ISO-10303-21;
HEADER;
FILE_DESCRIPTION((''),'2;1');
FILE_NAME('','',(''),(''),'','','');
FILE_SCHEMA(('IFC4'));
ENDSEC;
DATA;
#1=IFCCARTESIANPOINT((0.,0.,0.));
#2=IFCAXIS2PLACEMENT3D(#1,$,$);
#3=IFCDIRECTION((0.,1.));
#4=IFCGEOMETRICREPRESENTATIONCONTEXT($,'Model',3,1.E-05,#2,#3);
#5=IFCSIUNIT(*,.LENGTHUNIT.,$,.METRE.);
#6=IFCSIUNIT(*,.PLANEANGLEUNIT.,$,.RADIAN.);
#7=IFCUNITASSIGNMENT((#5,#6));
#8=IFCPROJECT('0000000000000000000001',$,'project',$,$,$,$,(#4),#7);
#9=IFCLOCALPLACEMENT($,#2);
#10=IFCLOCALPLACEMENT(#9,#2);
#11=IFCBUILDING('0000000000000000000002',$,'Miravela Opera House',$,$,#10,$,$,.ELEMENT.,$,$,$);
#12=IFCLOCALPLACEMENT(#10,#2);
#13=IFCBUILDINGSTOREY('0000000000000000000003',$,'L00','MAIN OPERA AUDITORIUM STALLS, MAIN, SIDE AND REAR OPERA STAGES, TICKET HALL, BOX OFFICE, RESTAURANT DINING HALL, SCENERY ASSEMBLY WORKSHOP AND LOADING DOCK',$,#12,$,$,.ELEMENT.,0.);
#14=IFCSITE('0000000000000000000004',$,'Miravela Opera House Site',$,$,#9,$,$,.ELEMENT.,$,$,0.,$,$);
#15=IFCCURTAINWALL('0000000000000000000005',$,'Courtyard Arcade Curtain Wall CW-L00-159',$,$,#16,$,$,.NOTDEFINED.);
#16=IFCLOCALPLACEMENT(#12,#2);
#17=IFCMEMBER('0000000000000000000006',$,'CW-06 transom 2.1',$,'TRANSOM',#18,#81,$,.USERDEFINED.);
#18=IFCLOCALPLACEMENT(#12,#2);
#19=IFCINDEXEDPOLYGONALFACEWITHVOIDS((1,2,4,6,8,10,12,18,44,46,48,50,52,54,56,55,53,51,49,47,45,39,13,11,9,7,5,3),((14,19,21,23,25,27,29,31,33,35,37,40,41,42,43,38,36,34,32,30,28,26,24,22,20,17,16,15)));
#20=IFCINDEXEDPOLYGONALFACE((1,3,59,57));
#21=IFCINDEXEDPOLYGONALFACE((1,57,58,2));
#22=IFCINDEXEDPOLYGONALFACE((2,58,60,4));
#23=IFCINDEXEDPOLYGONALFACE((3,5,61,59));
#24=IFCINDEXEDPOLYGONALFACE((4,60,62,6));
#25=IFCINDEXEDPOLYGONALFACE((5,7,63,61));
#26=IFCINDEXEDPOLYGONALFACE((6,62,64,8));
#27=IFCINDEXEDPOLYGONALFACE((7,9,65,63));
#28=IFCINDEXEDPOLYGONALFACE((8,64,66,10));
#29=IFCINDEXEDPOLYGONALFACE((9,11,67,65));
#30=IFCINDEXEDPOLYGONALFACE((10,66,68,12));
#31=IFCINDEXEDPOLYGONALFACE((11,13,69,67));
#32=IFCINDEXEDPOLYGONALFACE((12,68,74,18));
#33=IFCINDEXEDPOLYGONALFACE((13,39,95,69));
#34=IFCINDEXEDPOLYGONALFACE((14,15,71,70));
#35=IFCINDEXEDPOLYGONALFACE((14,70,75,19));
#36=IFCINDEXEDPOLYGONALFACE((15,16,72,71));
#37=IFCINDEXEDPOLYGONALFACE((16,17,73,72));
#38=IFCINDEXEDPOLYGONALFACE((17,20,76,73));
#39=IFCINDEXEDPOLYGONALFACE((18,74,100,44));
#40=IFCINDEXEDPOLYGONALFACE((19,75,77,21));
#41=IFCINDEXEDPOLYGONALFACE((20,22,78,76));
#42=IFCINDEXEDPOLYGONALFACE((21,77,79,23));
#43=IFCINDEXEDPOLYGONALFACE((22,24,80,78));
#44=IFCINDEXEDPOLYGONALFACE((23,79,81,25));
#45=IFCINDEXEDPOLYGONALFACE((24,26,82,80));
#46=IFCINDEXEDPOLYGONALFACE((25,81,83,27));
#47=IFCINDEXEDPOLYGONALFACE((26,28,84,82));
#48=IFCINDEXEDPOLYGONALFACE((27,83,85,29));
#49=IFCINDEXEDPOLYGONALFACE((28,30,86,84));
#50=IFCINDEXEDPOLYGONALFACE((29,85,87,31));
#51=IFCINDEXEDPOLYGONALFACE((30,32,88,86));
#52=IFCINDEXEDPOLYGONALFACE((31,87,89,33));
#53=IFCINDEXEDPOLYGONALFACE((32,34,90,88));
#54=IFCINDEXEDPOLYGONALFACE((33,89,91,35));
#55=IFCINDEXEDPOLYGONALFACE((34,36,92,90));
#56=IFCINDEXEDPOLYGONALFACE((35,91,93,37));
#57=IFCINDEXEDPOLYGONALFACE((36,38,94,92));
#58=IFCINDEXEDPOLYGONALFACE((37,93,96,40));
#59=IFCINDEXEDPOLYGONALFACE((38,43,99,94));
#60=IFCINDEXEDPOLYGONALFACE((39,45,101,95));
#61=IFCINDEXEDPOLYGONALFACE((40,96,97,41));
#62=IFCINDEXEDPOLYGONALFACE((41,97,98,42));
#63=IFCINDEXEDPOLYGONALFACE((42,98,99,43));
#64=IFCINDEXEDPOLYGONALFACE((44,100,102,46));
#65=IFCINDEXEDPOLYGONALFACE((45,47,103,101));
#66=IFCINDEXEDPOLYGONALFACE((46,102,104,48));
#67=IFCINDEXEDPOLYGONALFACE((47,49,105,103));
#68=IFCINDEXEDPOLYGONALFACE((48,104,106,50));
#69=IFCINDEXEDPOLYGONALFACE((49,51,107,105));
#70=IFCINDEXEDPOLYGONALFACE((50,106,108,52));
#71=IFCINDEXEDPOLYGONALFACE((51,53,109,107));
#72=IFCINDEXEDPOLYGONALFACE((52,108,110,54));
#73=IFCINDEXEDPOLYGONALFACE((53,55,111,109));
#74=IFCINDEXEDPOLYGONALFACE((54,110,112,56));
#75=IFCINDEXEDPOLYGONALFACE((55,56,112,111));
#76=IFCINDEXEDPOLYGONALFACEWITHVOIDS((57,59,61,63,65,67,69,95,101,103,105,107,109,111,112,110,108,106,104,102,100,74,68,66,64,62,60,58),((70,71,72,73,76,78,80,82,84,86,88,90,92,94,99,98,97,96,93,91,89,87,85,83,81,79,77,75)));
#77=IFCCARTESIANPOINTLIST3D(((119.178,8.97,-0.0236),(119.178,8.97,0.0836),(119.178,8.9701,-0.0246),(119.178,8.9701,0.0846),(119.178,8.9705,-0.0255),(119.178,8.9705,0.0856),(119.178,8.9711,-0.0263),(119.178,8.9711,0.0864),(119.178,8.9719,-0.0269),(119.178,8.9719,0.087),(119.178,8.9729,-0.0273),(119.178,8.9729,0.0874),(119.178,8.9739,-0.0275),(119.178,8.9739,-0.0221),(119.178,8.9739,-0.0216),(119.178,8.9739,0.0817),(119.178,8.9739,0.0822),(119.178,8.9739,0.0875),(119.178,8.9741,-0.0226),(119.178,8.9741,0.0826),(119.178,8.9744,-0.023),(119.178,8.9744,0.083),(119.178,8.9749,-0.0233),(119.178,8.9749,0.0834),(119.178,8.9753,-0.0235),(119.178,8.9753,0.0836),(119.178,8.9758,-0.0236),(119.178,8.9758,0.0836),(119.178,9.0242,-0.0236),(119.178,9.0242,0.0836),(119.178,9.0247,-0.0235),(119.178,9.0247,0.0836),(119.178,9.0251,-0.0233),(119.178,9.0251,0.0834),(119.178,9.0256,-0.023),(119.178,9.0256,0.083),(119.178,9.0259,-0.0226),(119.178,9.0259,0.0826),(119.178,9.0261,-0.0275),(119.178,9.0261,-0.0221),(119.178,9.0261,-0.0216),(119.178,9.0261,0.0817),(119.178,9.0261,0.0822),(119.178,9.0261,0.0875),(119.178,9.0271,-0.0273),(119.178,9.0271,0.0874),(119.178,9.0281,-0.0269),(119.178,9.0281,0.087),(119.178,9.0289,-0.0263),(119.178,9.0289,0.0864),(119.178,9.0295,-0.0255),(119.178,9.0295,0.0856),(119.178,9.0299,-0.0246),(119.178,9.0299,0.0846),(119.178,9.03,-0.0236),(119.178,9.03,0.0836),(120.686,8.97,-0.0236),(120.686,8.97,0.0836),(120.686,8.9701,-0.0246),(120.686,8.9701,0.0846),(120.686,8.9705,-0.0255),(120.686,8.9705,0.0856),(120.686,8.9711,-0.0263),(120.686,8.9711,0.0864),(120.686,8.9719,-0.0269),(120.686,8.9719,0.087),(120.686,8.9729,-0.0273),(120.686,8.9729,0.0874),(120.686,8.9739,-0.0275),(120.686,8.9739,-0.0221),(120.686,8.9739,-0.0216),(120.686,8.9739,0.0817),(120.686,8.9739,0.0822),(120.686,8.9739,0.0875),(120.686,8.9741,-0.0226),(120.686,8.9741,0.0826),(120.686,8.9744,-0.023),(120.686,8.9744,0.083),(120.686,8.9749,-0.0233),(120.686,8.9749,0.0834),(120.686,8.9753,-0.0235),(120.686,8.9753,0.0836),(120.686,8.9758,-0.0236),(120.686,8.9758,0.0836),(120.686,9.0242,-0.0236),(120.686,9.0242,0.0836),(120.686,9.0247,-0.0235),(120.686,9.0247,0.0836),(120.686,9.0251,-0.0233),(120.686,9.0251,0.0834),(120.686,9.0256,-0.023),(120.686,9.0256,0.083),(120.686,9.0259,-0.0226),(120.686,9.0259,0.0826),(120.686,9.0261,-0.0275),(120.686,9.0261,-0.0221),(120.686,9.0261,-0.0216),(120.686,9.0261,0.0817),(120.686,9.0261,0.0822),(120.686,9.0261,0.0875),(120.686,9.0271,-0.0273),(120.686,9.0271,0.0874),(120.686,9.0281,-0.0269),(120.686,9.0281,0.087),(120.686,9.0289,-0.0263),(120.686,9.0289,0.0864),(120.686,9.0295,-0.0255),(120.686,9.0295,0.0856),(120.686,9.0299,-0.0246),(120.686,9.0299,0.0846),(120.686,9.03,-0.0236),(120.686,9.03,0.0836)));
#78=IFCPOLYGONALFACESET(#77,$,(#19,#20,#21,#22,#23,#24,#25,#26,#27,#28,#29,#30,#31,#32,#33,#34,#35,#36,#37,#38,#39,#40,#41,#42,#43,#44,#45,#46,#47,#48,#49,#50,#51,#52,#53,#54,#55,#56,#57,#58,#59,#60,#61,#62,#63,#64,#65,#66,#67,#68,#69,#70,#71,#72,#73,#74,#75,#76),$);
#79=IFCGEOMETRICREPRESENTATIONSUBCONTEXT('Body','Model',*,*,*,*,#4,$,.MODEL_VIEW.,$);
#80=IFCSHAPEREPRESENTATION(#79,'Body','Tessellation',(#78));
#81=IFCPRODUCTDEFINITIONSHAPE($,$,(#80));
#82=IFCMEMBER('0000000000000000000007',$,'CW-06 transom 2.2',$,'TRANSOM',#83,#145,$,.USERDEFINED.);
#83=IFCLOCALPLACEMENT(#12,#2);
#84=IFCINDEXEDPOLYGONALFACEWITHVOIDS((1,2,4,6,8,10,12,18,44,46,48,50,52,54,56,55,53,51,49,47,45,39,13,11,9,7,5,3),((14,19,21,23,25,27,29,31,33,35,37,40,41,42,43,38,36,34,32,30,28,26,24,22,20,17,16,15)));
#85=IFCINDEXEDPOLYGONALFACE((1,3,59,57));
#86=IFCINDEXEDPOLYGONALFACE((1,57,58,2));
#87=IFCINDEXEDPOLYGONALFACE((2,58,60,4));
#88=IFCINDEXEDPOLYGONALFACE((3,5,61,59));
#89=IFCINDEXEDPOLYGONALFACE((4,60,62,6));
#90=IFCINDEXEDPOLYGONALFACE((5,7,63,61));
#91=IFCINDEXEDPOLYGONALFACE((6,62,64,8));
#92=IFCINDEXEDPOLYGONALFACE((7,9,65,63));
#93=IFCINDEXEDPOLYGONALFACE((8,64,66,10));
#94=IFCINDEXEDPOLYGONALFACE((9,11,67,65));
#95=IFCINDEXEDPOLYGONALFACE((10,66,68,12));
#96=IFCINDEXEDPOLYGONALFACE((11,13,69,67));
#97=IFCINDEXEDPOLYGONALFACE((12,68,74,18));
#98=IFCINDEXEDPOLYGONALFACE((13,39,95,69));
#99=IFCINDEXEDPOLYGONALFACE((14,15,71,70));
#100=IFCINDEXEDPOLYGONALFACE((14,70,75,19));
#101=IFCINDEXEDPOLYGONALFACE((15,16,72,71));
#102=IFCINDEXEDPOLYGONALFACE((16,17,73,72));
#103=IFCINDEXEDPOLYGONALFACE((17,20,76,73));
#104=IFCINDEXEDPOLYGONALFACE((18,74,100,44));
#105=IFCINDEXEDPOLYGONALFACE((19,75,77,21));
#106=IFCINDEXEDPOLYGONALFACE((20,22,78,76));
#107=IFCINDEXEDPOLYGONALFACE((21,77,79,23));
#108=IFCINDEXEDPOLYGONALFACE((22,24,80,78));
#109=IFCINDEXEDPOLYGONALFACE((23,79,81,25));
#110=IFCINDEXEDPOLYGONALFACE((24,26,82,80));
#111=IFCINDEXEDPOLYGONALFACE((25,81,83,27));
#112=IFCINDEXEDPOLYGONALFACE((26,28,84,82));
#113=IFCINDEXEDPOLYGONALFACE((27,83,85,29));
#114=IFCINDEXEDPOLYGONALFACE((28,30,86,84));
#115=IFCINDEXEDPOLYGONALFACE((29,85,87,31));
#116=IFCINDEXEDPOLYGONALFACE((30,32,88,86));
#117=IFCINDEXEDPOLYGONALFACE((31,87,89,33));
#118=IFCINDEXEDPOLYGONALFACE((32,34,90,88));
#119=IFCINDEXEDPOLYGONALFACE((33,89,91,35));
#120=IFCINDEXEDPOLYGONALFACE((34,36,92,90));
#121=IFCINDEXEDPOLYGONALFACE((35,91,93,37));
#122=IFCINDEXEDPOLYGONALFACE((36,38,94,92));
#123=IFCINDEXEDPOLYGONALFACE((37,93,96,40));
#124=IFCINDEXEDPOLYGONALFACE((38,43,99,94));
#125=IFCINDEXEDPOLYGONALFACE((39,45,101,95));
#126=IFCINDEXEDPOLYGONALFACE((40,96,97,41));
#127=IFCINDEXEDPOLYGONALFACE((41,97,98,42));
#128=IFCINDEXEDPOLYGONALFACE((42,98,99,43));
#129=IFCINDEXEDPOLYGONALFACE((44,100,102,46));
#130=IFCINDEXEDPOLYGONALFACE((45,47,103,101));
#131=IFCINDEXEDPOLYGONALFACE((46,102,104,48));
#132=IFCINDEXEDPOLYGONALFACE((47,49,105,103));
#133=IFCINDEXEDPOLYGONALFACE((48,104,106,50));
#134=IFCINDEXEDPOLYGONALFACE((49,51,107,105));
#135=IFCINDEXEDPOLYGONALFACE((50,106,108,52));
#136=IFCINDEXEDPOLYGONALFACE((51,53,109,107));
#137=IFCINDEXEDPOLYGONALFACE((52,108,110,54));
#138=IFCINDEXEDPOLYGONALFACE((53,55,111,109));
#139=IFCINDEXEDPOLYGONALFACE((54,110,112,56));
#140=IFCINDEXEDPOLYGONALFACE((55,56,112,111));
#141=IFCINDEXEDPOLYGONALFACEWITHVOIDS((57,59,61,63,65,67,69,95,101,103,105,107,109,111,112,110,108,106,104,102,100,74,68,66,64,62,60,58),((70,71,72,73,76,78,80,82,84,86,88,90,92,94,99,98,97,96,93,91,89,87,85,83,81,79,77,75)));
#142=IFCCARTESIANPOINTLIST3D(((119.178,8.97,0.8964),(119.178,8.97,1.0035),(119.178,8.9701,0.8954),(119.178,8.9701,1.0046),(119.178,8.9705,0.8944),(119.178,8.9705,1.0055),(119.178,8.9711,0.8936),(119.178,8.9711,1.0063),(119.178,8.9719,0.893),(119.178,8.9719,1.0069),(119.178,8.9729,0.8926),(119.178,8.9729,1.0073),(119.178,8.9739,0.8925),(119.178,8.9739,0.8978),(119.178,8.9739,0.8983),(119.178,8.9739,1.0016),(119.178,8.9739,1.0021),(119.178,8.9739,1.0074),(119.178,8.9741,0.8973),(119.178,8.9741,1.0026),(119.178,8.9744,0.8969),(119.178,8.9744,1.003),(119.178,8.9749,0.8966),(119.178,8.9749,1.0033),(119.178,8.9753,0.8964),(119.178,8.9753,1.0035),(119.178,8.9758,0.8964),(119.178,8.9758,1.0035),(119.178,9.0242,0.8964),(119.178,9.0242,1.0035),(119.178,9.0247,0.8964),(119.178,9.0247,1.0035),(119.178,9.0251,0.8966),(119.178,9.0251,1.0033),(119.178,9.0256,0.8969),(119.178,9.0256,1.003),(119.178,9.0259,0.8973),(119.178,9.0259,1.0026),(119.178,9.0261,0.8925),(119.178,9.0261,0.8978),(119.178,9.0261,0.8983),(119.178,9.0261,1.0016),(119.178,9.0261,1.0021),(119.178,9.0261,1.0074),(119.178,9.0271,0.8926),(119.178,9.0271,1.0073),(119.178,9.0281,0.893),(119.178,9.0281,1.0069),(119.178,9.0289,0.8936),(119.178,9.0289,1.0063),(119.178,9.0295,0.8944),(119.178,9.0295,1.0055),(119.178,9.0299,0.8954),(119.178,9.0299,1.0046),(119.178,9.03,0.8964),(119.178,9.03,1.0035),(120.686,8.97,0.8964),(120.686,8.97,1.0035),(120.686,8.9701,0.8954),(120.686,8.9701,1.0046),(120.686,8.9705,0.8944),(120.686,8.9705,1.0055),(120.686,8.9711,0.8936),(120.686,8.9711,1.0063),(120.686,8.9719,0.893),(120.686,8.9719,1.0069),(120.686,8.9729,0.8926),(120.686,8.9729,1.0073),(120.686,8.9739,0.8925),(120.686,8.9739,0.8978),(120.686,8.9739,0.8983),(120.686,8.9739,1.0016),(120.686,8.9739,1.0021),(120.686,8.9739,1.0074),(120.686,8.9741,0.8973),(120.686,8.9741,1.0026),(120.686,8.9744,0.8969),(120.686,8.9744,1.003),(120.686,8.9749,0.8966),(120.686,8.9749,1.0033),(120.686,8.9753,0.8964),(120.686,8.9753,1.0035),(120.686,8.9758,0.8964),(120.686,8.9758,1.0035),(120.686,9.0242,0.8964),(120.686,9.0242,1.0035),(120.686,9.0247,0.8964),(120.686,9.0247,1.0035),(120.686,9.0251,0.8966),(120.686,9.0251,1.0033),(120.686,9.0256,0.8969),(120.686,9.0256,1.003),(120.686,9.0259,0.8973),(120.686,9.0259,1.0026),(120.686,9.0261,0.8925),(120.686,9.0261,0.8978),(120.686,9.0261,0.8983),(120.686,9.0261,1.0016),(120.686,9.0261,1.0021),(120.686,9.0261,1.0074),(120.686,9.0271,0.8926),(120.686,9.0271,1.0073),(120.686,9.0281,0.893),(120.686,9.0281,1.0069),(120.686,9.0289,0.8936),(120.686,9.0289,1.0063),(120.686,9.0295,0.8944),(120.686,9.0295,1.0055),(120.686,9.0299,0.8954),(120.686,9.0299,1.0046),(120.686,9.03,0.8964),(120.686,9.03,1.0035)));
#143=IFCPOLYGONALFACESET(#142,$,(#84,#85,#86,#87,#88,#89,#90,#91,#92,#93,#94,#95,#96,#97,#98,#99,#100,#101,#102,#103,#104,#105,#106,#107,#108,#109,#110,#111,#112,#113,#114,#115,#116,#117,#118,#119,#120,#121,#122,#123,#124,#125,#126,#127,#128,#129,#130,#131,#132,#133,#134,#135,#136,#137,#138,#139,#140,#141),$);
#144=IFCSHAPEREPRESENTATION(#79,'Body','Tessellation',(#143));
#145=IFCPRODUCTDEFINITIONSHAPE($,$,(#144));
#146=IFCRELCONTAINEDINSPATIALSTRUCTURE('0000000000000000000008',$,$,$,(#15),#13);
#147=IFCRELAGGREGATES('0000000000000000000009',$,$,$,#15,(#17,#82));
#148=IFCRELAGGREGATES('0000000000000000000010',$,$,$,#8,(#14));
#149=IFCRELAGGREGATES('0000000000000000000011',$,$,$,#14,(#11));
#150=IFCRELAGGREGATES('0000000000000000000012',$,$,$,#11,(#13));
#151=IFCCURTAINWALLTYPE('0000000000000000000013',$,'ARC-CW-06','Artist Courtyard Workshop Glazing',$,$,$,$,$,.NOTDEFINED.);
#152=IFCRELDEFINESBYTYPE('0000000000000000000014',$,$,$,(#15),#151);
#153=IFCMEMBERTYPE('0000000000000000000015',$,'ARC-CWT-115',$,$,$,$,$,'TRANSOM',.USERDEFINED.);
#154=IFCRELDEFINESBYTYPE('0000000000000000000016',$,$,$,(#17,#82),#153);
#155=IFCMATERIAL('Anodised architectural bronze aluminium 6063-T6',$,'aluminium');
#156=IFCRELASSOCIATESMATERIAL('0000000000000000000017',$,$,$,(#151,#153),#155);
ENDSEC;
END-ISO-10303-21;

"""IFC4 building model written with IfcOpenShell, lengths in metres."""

from ifc_helpers import new_model, si_unit, direction, frame, origin, origin_2d, place, context, subcontext, project, spatial, hollow_rectangle, extrude, material, material_profile, profile_set, type_object, element, aggregate, save


model = new_model("IFC4")

# Units and contexts
model_context = context("Model", 3, precision=1e-05, world=origin(), true_north=direction((0.0, 1.0)))
body_context = subcontext(model_context, "Body", "Model", "MODEL_VIEW")
ifc_project = project(units=[si_unit("LENGTHUNIT", "METRE"), si_unit("PLANEANGLEUNIT", "RADIAN")], contexts=[model_context])

# Site, building, storey
site_placement = place(None, origin())
site = spatial("IfcSite", under=ifc_project, at=site_placement, Name="Miravela Opera House Site", CompositionType="ELEMENT", RefElevation=0.0)
building_placement = place(site_placement, origin())
building = spatial("IfcBuilding", under=site, at=building_placement, Name="Miravela Opera House", CompositionType="ELEMENT")
storey_placement = place(building_placement, origin())
storey = spatial("IfcBuildingStorey", under=building, at=storey_placement, Name="L00", Description="MAIN OPERA AUDITORIUM STALLS, MAIN, SIDE AND REAR OPERA STAGES, TICKET HALL, BOX OFFICE, RESTAURANT DINING HALL, SCENERY ASSEMBLY WORKSHOP AND LOADING DOCK", CompositionType="ELEMENT", Elevation=0.0)

# Curtain wall, members
ifc_material_1 = material(Name="Anodised architectural bronze aluminium 6063-T6", Category="aluminium")
curtain_wall_type = type_object("IfcCurtainWallType", Name="ARC-CW-06", Description="Artist Courtyard Workshop Glazing", PredefinedType="NOTDEFINED", material=ifc_material_1)
ifc_material_profile_1 = material_profile(ifc_material_1, hollow_rectangle(XDim=0.0601, YDim=0.115, WallThickness=0.0039, InnerFilletRadius=0.002, OuterFilletRadius=0.0039, at=origin_2d()), Name="CWT-60X115")
ifc_profile_set_1 = profile_set([ifc_material_profile_1])
member_type_1 = type_object("IfcMemberType", Name="ARC-CWT-115", ElementType="TRANSOM", PredefinedType="USERDEFINED", material=ifc_profile_set_1)
curtain_wall_1_placement = place(storey_placement, origin())
curtain_wall_1 = element("IfcCurtainWall", 1, at=curtain_wall_1_placement, inside=storey, type_object=curtain_wall_type, Name="Courtyard Arcade Curtain Wall CW-L00-159", PredefinedType="NOTDEFINED")
member_1_placement = place(storey_placement, frame((119.178, 9.0, 0.03), z_axis=(1.0, 0.0, 0.0), x_axis=(0.0, 1.0, 0.0)))
member_1 = element("IfcMember", 2, at=member_1_placement, type_object=member_type_1, Name="CW-06 transom 2.1", ObjectType="TRANSOM", PredefinedType="USERDEFINED", context=body_context, shape_type="SweptSolid", body=[
    extrude(hollow_rectangle(XDim=0.0601, YDim=0.115, WallThickness=0.0039, InnerFilletRadius=0.002, OuterFilletRadius=0.0039, at=origin_2d()), origin(), (0.0, 0.0, 1.0), 1.5081),
])
member_2_placement = place(storey_placement, frame((119.178, 9.0, 0.95), z_axis=(1.0, 0.0, 0.0), x_axis=(0.0, 1.0, 0.0)))
member_2 = element("IfcMember", 3, at=member_2_placement, type_object=member_type_1, Name="CW-06 transom 2.2", ObjectType="TRANSOM", PredefinedType="USERDEFINED", context=body_context, shape_type="SweptSolid", body=[
    extrude(hollow_rectangle(XDim=0.0601, YDim=0.115, WallThickness=0.0039, InnerFilletRadius=0.002, OuterFilletRadius=0.0039, at=origin_2d()), origin(), (0.0, 0.0, 1.0), 1.5081),
])

aggregate(curtain_wall_1, [member_1, member_2])

save(model, "model.ifc")
